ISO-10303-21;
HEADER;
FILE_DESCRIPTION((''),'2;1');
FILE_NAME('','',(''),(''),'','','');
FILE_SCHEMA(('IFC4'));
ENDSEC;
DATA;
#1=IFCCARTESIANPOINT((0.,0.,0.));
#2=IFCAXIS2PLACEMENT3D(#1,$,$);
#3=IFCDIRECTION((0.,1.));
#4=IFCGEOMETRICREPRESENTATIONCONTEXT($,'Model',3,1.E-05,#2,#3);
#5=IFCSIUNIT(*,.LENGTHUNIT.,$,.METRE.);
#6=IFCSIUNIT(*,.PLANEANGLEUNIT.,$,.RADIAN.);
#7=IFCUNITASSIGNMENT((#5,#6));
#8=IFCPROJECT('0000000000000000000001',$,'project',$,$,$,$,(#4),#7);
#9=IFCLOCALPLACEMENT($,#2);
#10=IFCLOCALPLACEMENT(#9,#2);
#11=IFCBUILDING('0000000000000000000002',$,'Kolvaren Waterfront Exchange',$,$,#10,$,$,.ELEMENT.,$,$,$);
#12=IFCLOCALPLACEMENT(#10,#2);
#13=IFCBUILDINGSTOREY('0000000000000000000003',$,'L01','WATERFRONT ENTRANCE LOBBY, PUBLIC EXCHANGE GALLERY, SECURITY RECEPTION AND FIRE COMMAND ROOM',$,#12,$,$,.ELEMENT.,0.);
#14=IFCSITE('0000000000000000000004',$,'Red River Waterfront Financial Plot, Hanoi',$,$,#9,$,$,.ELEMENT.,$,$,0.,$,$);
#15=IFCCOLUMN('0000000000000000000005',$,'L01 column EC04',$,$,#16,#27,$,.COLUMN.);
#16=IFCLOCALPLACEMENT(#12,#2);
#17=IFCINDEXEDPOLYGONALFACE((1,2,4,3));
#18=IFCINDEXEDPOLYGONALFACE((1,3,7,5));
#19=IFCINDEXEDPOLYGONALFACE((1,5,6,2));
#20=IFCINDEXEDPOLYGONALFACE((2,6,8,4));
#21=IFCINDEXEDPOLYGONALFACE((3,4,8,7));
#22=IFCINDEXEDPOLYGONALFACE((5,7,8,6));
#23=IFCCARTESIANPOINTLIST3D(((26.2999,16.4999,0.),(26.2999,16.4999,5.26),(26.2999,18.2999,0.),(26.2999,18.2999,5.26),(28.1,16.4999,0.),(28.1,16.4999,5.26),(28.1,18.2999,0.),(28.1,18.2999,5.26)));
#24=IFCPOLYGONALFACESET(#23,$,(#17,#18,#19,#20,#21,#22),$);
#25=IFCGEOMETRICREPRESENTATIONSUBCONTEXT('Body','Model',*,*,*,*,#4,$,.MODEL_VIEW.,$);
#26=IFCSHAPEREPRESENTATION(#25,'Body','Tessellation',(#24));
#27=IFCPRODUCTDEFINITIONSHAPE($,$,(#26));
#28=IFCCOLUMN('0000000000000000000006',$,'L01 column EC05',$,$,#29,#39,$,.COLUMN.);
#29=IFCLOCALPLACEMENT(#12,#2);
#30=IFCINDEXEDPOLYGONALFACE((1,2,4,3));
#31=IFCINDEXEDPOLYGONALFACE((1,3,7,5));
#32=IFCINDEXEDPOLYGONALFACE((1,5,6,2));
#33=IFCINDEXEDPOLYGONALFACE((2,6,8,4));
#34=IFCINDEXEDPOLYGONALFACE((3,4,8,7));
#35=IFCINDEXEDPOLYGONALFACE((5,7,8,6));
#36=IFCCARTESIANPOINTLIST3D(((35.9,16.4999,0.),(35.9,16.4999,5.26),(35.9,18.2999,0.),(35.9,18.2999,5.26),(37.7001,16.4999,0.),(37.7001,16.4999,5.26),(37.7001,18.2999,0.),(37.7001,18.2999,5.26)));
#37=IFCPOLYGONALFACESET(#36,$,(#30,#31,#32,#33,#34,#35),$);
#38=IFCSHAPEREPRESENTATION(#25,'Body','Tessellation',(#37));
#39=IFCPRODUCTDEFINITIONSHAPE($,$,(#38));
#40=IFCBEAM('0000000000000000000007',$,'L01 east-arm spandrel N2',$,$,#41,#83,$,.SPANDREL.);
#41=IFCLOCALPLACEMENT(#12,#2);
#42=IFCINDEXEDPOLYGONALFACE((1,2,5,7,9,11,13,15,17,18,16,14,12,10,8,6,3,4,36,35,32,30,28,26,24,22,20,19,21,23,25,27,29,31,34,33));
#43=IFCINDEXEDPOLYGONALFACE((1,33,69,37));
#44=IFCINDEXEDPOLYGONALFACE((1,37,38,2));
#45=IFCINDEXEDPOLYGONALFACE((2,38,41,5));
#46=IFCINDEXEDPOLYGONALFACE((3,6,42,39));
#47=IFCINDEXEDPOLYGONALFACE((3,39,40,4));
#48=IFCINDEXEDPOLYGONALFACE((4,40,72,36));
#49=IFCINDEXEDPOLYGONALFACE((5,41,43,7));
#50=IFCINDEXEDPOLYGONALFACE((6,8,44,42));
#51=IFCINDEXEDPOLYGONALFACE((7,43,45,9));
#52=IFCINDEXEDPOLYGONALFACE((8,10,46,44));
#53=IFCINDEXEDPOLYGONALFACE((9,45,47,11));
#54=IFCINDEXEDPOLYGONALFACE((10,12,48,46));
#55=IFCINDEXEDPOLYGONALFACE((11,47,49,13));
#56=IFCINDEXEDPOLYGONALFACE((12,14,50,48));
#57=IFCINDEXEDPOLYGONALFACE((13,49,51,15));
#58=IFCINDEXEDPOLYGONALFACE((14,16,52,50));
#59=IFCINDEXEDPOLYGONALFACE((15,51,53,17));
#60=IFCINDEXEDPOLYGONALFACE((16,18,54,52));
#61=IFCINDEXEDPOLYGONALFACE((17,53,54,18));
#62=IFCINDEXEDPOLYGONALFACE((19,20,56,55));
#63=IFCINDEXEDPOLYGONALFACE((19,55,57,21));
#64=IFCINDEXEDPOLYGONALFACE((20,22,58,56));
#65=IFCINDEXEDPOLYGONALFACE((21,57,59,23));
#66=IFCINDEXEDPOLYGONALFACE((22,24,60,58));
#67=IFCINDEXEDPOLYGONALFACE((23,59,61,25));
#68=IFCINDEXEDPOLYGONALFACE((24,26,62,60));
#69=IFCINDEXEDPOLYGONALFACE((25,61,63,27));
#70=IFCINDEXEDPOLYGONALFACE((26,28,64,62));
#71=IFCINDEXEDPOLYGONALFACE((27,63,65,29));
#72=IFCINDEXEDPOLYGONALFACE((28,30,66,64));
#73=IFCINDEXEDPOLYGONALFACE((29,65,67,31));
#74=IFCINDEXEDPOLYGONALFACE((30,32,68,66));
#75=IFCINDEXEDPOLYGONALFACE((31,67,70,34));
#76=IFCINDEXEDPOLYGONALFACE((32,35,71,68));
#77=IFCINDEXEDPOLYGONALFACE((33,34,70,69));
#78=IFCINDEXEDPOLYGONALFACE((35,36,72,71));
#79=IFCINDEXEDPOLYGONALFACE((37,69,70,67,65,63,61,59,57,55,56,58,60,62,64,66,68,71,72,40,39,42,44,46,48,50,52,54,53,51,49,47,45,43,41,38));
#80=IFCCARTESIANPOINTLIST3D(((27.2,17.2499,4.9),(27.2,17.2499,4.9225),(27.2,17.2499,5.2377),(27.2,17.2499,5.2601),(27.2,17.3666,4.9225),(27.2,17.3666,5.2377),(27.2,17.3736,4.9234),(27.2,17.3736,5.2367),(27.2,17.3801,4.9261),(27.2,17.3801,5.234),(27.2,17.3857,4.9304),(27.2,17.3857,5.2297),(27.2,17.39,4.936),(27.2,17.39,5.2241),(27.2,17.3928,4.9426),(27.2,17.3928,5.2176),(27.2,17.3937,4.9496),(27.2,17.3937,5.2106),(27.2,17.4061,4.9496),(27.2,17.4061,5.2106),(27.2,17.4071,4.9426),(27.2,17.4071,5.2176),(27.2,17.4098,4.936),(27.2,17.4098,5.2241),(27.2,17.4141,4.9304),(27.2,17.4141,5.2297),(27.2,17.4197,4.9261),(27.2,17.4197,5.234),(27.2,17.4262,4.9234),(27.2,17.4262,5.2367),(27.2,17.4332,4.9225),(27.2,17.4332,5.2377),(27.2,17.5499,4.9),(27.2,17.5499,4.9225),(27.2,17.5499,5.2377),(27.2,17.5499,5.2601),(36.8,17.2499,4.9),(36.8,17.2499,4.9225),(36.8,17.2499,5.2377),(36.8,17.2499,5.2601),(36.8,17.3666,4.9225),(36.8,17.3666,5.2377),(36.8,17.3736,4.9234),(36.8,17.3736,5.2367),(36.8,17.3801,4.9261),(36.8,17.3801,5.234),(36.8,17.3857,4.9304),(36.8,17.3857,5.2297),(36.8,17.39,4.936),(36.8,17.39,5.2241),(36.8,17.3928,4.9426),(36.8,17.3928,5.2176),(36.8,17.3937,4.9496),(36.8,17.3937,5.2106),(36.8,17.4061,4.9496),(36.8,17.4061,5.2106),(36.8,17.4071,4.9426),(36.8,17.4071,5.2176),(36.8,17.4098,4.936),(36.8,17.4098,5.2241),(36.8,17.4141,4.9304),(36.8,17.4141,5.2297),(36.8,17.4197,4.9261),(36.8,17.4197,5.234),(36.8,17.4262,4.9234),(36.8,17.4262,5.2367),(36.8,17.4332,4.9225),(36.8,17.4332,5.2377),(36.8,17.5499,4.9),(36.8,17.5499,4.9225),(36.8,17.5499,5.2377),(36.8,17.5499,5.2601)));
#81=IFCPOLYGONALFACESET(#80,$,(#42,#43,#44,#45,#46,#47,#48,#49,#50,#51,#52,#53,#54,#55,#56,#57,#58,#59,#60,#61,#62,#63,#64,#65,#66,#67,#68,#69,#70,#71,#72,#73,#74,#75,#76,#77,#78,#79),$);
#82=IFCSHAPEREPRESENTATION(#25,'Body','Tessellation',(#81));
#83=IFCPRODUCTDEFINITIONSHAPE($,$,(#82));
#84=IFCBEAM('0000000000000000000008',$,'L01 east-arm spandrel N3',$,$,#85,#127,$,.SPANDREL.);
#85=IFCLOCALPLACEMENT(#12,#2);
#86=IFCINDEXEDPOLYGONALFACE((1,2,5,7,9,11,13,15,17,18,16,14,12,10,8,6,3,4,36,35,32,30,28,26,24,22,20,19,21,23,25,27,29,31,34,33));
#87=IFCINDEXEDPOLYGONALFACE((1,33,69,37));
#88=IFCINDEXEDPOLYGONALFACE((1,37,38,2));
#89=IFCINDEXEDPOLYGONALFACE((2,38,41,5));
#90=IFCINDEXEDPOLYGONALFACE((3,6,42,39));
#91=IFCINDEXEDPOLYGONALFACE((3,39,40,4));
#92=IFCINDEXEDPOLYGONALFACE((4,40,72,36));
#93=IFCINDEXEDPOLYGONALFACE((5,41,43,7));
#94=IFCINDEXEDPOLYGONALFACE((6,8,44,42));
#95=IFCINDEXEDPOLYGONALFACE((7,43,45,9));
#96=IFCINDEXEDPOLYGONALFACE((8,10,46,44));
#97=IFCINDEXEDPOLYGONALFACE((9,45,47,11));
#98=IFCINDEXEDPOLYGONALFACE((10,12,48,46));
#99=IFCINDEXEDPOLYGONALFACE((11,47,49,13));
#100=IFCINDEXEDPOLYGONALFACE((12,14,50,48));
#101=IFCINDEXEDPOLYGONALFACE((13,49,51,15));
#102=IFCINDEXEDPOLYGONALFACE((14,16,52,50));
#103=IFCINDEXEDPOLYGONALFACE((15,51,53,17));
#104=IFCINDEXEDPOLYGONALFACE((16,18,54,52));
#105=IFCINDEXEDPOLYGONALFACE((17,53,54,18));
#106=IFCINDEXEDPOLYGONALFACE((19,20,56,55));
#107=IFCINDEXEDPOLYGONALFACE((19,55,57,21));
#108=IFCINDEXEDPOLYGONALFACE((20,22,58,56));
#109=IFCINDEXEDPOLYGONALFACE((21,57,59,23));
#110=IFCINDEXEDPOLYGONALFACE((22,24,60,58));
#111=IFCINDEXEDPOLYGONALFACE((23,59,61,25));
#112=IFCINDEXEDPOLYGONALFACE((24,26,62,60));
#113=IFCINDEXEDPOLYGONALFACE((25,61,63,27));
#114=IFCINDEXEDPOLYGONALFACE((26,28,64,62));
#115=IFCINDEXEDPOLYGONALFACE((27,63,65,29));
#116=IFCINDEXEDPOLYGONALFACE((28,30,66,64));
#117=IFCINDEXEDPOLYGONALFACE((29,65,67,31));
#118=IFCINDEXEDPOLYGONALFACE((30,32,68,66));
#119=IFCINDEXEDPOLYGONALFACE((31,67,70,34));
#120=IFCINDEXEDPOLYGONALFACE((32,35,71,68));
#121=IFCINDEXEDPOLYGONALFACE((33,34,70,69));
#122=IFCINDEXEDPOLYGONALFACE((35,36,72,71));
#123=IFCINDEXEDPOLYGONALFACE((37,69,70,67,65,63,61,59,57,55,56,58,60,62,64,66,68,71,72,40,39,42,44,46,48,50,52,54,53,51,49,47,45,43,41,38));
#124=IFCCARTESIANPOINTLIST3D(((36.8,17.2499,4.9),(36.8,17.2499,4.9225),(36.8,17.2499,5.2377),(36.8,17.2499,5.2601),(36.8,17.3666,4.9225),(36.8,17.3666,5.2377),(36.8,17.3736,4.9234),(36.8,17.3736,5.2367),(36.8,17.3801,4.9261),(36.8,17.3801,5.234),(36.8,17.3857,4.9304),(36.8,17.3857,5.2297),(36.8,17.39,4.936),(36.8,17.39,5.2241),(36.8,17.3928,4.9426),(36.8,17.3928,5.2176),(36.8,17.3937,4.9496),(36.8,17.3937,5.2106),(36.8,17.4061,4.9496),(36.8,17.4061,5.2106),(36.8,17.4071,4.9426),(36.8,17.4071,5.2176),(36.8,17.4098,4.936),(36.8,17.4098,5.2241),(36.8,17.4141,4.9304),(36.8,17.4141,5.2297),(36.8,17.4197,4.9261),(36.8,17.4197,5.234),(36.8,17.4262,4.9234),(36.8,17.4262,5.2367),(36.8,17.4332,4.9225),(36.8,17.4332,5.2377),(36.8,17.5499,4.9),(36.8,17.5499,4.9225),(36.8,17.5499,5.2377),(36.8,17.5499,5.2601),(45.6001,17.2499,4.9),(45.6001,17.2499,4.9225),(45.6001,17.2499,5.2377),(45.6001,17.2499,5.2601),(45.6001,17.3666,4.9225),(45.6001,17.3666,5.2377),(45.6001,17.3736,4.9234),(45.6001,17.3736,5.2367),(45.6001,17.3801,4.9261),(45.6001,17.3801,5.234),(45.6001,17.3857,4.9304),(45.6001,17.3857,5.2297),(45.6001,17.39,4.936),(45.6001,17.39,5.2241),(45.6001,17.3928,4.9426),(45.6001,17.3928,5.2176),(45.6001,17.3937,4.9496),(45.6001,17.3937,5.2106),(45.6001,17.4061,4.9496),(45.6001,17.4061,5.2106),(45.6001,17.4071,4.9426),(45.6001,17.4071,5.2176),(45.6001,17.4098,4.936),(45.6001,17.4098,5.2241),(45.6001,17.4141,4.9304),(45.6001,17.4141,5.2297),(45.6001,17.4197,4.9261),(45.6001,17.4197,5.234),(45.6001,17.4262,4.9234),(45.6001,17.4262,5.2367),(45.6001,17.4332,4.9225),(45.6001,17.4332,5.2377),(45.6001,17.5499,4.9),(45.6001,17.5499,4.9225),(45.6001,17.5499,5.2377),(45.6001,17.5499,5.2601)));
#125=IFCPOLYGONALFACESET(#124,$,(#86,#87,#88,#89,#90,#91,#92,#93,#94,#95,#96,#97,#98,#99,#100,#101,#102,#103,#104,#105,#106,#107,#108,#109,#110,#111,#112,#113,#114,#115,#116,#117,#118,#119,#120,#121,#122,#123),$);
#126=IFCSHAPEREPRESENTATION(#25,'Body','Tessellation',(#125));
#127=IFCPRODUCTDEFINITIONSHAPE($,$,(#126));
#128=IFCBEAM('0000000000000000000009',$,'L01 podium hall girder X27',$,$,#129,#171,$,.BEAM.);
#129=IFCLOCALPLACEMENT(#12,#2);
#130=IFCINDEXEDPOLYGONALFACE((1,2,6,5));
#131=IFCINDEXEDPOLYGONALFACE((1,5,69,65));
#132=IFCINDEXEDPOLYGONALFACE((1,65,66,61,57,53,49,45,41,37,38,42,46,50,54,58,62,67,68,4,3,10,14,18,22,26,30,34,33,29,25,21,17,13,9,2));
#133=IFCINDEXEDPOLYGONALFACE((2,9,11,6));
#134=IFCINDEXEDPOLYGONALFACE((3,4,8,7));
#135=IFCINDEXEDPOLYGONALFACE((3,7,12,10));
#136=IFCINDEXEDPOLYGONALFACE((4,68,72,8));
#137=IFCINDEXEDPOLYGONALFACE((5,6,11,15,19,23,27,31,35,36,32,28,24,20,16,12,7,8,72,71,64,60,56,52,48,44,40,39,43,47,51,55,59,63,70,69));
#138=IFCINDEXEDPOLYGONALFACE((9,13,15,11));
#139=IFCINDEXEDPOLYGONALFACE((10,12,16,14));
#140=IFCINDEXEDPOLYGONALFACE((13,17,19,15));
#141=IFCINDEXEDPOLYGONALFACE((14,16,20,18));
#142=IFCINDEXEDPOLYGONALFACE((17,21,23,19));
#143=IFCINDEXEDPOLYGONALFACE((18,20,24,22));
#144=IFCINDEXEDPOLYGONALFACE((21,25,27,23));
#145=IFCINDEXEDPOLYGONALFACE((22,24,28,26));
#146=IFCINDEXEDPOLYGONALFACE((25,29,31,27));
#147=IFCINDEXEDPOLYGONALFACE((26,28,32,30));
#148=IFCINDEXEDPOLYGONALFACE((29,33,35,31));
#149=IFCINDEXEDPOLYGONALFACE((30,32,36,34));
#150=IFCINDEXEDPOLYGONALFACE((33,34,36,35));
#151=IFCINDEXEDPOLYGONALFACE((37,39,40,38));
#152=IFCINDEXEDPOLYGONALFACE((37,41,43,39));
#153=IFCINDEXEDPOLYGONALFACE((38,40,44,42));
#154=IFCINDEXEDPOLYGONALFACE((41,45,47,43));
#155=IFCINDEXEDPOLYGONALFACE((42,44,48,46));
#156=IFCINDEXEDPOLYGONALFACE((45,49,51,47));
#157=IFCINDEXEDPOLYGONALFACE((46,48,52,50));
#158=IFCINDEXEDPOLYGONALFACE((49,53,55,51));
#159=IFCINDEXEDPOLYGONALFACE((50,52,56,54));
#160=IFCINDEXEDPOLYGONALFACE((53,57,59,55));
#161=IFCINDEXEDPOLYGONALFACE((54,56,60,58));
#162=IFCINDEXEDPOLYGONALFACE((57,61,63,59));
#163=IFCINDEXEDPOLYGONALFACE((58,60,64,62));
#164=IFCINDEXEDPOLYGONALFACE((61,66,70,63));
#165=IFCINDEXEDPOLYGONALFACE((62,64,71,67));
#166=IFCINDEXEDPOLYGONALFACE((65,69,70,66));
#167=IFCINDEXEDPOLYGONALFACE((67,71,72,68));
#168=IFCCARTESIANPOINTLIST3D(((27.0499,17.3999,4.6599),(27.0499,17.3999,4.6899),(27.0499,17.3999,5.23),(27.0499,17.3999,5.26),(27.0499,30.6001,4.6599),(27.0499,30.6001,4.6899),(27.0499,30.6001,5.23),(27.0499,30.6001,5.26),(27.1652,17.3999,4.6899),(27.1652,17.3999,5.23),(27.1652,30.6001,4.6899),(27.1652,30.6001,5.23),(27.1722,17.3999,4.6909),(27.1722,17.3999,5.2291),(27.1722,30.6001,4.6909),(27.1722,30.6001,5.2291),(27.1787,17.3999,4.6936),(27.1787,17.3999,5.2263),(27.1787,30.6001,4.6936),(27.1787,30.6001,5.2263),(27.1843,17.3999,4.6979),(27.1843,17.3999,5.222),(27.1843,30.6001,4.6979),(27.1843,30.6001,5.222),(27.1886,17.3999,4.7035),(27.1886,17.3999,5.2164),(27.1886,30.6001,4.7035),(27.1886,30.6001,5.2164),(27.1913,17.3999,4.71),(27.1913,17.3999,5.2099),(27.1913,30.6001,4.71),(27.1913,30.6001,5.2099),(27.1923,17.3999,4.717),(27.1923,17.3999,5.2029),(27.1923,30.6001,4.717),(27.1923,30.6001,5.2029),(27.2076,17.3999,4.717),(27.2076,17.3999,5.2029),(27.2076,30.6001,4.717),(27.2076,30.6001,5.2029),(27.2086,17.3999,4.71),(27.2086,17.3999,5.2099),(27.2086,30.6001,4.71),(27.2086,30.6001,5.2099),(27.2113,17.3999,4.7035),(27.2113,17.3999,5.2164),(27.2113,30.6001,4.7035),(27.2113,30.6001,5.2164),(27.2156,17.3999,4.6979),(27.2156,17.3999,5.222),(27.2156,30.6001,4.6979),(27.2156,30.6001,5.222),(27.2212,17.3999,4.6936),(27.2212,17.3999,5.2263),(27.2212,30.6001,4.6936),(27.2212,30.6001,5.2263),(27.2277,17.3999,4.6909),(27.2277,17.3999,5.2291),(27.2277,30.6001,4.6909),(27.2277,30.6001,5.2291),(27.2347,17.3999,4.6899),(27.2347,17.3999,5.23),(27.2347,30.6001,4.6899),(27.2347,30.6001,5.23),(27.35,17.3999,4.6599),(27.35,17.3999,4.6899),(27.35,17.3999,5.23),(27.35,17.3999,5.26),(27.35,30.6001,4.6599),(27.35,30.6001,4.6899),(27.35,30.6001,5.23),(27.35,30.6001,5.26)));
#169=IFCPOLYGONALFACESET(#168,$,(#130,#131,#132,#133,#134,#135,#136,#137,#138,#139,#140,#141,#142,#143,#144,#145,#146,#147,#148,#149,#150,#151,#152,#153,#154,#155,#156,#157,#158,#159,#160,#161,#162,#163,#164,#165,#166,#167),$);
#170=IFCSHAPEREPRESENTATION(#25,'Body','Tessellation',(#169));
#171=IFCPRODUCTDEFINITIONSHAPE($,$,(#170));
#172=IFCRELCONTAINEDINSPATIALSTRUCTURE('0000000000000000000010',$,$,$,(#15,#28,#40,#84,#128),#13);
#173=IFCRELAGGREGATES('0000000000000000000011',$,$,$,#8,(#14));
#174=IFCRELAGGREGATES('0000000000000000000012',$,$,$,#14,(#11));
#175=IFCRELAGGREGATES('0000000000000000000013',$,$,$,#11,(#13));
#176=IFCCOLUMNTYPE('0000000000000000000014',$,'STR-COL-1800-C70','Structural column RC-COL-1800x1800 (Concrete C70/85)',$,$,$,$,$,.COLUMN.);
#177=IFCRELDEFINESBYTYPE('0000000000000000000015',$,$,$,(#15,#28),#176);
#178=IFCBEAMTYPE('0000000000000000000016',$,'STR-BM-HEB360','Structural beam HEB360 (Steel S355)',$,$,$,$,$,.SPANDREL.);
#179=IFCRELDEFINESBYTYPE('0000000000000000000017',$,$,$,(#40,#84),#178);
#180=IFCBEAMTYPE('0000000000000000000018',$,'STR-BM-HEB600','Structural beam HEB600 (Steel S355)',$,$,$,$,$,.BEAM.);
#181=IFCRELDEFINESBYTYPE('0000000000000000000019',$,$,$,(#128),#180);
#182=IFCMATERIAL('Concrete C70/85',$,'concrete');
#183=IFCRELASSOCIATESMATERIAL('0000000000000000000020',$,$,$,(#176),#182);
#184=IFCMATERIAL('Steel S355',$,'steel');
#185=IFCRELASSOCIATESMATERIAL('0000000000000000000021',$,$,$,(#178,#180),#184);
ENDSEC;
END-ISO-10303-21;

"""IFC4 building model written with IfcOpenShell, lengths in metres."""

from ifc_helpers import new_model, si_unit, direction, frame, origin, origin_2d, place, context, subcontext, project, spatial, rectangle, i_section, extrude, material, material_profile, profile_set, type_object, element, save


model = new_model("IFC4")

# Units and contexts
model_context = context("Model", 3, precision=1e-05, world=origin(), true_north=direction((0.0, 1.0)))
body_context = subcontext(model_context, "Body", "Model", "MODEL_VIEW")
ifc_project = project(units=[si_unit("LENGTHUNIT", "METRE"), si_unit("PLANEANGLEUNIT", "RADIAN")], contexts=[model_context])

# Site, building, storey
site_placement = place(None, origin())
site = spatial("IfcSite", under=ifc_project, at=site_placement, Name="Red River Waterfront Financial Plot, Hanoi", CompositionType="ELEMENT", RefElevation=0.0)
building_placement = place(site_placement, origin())
building = spatial("IfcBuilding", under=site, at=building_placement, Name="Kolvaren Waterfront Exchange", CompositionType="ELEMENT")
storey_placement = place(building_placement, origin())
storey = spatial("IfcBuildingStorey", under=building, at=storey_placement, Name="L01", Description="WATERFRONT ENTRANCE LOBBY, PUBLIC EXCHANGE GALLERY, SECURITY RECEPTION AND FIRE COMMAND ROOM", CompositionType="ELEMENT", Elevation=0.0)

# Columns
ifc_material_1 = material(Name="Concrete C70/85", Category="concrete")
ifc_material_profile_1 = material_profile(ifc_material_1, rectangle(XDim=1.8, YDim=1.8, at=origin_2d()), Name="RC-COL-1800x1800")
ifc_profile_set_1 = profile_set([ifc_material_profile_1], Name="Concrete C70/85")
column_type = type_object("IfcColumnType", Name="STR-COL-1800-C70", Description="Structural column RC-COL-1800x1800 (Concrete C70/85)", PredefinedType="COLUMN", material=ifc_profile_set_1)
for number, where, z_axis, x_axis, name in (
    (1, (27.2, 17.3999, 0.0), (0.0, 0.0, 1.0), (1.0, 0.0, 0.0), "L01 column EC04"),
    (2, (36.8, 17.3999, 0.0), (0.0, 0.0, 1.0), (1.0, 0.0, 0.0), "L01 column EC05"),
):
    element("IfcColumn", number, at=place(storey_placement, frame(where, z_axis=z_axis, x_axis=x_axis)), inside=storey, type_object=column_type, Name=name, PredefinedType="COLUMN", context=body_context, shape_type="SweptSolid", body=[
        extrude(rectangle(XDim=1.8, YDim=1.8, at=origin_2d()), origin(), (0.0, 0.0, 1.0), 5.26),
    ])

# Beams
ifc_material_2 = material(Name="Steel S355", Category="steel")
ifc_material_profile_2 = material_profile(ifc_material_2, i_section(OverallWidth=0.3, OverallDepth=0.3601, WebThickness=0.0125, FlangeThickness=0.0225, FilletRadius=0.0271, at=origin_2d()), Name="HEB360")
ifc_profile_set_2 = profile_set([ifc_material_profile_2], Name="Steel S355")
beam_type_1 = type_object("IfcBeamType", Name="STR-BM-HEB360", Description="Structural beam HEB360 (Steel S355)", PredefinedType="SPANDREL", material=ifc_profile_set_2)
beam_1_placement = place(storey_placement, frame((27.2, 17.3999, 5.0801), z_axis=(1.0, 0.0, 0.0), x_axis=(0.0, 1.0, 0.0)))
element("IfcBeam", 3, at=beam_1_placement, inside=storey, type_object=beam_type_1, Name="L01 east-arm spandrel N2", PredefinedType="SPANDREL", context=body_context, shape_type="SweptSolid", body=[
    extrude(i_section(OverallWidth=0.3, OverallDepth=0.3601, WebThickness=0.0125, FlangeThickness=0.0225, FilletRadius=0.0271, at=origin_2d()), origin(), (0.0, 0.0, 1.0), 9.6001),
])
beam_2_placement = place(storey_placement, frame((36.8, 17.3999, 5.0801), z_axis=(1.0, 0.0, 0.0), x_axis=(0.0, 1.0, 0.0)))
element("IfcBeam", 4, at=beam_2_placement, inside=storey, type_object=beam_type_1, Name="L01 east-arm spandrel N3", PredefinedType="SPANDREL", context=body_context, shape_type="SweptSolid", body=[
    extrude(i_section(OverallWidth=0.3, OverallDepth=0.3601, WebThickness=0.0125, FlangeThickness=0.0225, FilletRadius=0.0271, at=origin_2d()), origin(), (0.0, 0.0, 1.0), 8.8),
])
ifc_material_profile_3 = material_profile(ifc_material_2, i_section(OverallWidth=0.3, OverallDepth=0.6001, WebThickness=0.0154, FlangeThickness=0.03, FilletRadius=0.0271, at=origin_2d()), Name="HEB600")
ifc_profile_set_3 = profile_set([ifc_material_profile_3], Name="Steel S355")
beam_type_2 = type_object("IfcBeamType", Name="STR-BM-HEB600", Description="Structural beam HEB600 (Steel S355)", PredefinedType="BEAM", material=ifc_profile_set_3)
for number, where, z_axis, x_axis, name in (
    (5, (27.2, 17.3999, 4.96), (0.0, 1.0, 0.0), (-1.0, 0.0, 0.0), "L01 podium hall girder X27"),
):
    element("IfcBeam", number, at=place(storey_placement, frame(where, z_axis=z_axis, x_axis=x_axis)), inside=storey, type_object=beam_type_2, Name=name, PredefinedType="BEAM", context=body_context, shape_type="SweptSolid", body=[
        extrude(i_section(OverallWidth=0.3, OverallDepth=0.6001, WebThickness=0.0154, FlangeThickness=0.03, FilletRadius=0.0271, at=origin_2d()), origin(), (0.0, 0.0, 1.0), 13.2002),
    ])

save(model, "model.ifc")
